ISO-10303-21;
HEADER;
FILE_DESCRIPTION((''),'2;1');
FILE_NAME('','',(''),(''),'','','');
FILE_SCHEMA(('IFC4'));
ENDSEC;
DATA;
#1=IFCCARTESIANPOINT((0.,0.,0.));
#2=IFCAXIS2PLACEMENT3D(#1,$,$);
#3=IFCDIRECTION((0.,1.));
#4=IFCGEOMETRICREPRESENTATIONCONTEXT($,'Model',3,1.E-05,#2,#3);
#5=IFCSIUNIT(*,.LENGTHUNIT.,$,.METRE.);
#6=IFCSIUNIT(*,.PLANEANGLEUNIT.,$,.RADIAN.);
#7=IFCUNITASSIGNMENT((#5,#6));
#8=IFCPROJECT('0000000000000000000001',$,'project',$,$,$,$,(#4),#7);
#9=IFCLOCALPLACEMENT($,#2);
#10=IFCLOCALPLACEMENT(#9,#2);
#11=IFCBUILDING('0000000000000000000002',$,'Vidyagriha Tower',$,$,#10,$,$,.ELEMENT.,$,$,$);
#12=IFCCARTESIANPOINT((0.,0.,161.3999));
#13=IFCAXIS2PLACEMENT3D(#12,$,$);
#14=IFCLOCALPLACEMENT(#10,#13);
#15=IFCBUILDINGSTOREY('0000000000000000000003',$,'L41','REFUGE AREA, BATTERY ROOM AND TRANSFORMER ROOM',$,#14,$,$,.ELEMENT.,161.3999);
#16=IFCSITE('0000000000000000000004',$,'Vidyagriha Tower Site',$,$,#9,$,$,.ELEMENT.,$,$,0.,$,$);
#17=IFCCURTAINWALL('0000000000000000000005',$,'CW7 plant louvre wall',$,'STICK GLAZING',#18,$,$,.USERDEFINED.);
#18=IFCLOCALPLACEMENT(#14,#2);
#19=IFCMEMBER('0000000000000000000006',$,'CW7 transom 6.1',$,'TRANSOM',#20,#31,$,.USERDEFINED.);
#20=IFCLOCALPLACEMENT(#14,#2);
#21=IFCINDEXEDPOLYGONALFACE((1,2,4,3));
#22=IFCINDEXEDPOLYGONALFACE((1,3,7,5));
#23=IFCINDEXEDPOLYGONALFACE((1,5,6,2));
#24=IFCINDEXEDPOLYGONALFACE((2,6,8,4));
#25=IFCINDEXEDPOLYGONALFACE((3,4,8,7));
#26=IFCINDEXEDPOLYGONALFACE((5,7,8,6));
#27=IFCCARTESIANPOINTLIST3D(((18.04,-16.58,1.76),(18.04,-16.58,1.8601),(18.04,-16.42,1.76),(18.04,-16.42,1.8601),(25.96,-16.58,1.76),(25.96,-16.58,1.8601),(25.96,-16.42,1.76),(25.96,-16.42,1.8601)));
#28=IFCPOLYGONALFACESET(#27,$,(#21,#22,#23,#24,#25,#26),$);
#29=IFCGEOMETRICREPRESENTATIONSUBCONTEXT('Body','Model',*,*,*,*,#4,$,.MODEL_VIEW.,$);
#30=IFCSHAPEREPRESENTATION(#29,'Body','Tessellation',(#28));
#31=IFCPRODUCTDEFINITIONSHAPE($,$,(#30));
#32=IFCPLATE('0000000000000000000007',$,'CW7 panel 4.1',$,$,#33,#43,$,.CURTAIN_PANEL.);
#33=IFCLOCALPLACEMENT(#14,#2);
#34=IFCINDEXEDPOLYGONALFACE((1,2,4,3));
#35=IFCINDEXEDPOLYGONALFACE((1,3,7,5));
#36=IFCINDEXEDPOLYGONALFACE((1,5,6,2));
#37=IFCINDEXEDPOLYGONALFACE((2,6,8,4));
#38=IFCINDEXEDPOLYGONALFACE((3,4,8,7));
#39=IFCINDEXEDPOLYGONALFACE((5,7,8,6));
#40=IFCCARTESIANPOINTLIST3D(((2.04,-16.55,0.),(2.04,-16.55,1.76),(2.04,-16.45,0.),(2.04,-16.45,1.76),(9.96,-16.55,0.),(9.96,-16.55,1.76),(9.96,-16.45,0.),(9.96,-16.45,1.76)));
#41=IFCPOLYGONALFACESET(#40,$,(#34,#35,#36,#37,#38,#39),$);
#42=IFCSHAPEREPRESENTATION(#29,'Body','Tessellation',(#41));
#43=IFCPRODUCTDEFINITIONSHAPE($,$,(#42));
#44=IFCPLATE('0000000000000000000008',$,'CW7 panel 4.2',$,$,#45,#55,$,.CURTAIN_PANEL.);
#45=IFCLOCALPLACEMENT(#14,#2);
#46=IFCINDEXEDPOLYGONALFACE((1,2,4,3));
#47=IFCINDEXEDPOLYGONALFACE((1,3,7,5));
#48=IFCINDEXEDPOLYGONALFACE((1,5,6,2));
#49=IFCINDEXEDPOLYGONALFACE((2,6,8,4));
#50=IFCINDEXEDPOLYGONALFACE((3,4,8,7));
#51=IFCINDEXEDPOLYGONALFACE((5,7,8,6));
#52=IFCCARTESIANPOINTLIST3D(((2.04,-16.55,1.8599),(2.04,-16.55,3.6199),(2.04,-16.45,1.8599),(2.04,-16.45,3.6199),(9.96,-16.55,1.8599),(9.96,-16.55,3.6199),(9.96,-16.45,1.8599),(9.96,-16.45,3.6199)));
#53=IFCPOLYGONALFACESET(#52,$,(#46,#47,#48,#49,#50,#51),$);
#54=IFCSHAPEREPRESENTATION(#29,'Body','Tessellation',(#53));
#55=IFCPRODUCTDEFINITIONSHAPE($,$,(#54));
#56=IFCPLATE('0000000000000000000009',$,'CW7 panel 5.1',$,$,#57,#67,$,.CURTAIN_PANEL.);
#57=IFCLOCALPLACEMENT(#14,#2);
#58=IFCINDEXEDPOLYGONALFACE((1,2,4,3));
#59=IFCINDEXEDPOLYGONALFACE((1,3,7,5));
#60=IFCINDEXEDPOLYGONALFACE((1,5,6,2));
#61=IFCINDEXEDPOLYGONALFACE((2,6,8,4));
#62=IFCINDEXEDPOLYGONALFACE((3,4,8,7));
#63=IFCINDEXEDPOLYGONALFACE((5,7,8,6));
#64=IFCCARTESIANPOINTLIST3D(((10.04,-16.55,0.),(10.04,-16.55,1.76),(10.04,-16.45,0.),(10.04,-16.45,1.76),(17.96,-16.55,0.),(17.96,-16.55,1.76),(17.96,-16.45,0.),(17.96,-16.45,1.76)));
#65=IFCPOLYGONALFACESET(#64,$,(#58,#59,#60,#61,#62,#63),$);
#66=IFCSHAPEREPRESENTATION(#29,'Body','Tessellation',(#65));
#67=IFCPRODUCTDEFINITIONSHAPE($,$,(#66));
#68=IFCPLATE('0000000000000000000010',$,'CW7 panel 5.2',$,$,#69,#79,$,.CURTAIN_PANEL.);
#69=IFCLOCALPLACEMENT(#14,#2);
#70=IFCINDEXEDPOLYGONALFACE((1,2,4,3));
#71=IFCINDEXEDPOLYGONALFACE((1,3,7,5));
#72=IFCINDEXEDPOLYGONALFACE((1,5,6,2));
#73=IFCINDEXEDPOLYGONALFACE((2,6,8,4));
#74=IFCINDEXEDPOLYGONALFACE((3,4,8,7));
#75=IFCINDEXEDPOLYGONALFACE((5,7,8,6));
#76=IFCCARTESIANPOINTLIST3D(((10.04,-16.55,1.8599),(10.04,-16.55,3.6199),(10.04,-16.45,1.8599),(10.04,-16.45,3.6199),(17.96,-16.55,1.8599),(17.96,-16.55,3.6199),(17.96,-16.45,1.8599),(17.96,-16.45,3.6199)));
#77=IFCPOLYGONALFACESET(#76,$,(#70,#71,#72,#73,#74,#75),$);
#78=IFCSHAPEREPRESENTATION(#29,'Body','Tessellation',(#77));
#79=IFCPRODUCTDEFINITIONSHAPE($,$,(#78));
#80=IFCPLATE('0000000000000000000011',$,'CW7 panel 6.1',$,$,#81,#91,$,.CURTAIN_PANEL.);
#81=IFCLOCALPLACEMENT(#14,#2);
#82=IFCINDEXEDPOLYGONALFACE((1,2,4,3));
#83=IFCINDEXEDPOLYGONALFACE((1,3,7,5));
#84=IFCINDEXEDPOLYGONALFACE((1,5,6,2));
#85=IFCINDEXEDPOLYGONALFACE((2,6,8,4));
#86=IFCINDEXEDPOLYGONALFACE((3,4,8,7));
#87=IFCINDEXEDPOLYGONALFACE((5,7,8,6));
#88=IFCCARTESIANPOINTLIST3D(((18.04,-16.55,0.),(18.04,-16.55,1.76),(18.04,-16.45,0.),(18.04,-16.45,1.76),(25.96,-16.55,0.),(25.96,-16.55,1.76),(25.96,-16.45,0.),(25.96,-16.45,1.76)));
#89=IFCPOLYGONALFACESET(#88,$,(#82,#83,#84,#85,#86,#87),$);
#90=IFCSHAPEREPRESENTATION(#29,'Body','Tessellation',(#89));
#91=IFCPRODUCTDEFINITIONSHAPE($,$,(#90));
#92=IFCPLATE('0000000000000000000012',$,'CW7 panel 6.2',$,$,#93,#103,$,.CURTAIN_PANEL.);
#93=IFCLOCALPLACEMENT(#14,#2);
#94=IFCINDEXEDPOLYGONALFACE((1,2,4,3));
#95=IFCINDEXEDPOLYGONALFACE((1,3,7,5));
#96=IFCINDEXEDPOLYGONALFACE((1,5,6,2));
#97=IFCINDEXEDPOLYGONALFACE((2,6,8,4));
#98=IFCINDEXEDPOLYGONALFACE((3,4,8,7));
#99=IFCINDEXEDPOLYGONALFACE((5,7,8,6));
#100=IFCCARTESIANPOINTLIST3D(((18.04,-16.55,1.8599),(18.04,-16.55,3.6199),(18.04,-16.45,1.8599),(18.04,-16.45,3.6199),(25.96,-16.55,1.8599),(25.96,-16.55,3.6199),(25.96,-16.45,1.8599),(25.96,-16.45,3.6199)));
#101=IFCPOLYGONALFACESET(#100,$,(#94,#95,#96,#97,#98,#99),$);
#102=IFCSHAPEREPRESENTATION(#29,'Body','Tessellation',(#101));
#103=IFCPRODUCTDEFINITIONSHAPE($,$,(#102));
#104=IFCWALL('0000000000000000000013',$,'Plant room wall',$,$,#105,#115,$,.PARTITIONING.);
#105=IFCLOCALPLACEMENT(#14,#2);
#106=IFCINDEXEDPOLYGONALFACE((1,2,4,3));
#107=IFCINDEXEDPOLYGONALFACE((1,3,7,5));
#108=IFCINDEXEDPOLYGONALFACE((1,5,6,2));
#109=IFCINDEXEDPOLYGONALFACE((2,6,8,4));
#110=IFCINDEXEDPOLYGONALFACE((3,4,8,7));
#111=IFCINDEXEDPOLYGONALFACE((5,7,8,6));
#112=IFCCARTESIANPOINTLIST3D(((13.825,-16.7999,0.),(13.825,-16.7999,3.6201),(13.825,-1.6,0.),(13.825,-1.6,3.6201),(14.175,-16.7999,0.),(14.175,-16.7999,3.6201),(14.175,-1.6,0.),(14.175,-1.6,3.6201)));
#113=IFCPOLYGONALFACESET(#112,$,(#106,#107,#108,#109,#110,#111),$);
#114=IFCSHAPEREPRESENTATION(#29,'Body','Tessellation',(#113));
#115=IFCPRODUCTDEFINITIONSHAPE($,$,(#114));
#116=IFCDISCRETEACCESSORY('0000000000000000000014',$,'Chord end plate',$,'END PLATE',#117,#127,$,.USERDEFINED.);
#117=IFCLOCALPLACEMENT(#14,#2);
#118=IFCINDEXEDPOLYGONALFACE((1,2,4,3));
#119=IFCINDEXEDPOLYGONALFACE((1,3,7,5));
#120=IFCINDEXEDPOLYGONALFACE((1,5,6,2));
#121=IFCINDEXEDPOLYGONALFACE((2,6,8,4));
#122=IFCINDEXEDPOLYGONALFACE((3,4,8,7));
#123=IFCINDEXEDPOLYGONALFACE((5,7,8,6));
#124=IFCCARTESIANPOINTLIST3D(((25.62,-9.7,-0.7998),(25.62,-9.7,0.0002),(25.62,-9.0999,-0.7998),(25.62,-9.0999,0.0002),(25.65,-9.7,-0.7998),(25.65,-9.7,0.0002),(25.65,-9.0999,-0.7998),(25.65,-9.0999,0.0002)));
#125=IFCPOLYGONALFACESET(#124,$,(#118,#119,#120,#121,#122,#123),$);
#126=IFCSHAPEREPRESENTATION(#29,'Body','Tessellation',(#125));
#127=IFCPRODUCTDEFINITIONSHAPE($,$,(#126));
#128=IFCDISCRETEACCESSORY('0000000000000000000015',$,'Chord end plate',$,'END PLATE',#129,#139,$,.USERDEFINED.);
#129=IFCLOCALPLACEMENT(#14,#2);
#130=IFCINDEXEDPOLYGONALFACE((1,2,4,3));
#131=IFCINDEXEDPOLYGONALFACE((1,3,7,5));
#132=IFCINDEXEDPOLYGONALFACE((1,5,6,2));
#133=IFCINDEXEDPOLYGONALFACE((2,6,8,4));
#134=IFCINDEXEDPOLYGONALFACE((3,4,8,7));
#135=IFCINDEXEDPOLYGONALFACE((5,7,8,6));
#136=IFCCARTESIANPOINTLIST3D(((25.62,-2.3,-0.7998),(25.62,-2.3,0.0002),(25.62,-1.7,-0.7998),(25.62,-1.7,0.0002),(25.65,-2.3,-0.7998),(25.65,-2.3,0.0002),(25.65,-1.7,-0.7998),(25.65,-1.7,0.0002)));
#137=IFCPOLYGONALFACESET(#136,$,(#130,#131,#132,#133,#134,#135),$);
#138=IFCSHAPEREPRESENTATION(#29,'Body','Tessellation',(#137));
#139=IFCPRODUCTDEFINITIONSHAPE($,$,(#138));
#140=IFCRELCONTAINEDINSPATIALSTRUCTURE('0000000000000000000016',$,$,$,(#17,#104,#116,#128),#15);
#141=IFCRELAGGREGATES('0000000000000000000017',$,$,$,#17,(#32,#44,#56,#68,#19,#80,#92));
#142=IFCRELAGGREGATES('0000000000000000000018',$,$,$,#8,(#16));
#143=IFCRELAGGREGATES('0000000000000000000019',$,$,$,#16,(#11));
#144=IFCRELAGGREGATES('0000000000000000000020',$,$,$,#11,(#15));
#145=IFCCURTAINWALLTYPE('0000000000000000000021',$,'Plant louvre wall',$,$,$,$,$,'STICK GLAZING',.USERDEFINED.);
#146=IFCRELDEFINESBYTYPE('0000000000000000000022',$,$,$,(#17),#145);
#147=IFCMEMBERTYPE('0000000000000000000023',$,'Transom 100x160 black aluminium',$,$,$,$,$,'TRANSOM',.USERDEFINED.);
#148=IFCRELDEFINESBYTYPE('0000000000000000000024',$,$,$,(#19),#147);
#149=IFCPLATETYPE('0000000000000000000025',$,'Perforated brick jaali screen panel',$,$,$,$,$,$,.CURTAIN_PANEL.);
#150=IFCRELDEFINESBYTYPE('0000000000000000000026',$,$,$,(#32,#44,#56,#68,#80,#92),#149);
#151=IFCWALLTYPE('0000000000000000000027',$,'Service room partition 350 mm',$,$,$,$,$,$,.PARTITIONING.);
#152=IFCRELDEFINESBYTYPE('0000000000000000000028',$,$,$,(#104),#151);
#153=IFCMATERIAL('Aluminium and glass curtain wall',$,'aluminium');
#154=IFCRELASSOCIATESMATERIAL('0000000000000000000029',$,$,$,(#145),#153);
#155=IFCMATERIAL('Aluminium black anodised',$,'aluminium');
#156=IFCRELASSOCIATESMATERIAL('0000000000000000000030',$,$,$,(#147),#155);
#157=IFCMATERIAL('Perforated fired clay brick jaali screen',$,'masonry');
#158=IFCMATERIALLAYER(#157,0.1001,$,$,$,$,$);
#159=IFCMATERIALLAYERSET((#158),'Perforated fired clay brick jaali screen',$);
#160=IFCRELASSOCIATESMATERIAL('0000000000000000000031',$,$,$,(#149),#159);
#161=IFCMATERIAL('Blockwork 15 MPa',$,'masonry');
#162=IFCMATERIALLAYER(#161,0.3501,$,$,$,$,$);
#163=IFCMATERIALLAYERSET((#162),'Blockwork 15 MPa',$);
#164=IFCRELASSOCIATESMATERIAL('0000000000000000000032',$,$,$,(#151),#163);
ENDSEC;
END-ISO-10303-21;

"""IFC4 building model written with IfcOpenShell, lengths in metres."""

from ifc_helpers import new_model, si_unit, direction, frame, frame_2d, origin, origin_2d, place, context, subcontext, project, spatial, rectangle, extrude, material, layer, layer_set, material_profile, profile_set, type_object, element, aggregate, save


model = new_model("IFC4")

# Units and contexts
model_context = context("Model", 3, precision=1e-05, world=origin(), true_north=direction((0.0, 1.0)))
body_context = subcontext(model_context, "Body", "Model", "MODEL_VIEW")
ifc_project = project(units=[si_unit("LENGTHUNIT", "METRE"), si_unit("PLANEANGLEUNIT", "RADIAN")], contexts=[model_context])

# Site, building, storey
site_placement = place(None, origin())
site = spatial("IfcSite", under=ifc_project, at=site_placement, Name="Vidyagriha Tower Site", CompositionType="ELEMENT", RefElevation=0.0)
building_placement = place(site_placement, origin())
building = spatial("IfcBuilding", under=site, at=building_placement, Name="Vidyagriha Tower", CompositionType="ELEMENT")
storey_placement = place(building_placement, frame((0.0, 0.0, 161.3999)))
storey = spatial("IfcBuildingStorey", under=building, at=storey_placement, Name="L41", Description="REFUGE AREA, BATTERY ROOM AND TRANSFORMER ROOM", CompositionType="ELEMENT", Elevation=161.3999)

# Curtain wall
ifc_material_1 = material(Name="Aluminium and glass curtain wall", Category="aluminium")
curtain_wall_type = type_object("IfcCurtainWallType", Name="Plant louvre wall", ElementType="STICK GLAZING", PredefinedType="USERDEFINED", material=ifc_material_1)
curtain_wall_placement = place(storey_placement, origin())
curtain_wall = element("IfcCurtainWall", 1, at=curtain_wall_placement, inside=storey, type_object=curtain_wall_type, Name="CW7 plant louvre wall", ObjectType="STICK GLAZING", PredefinedType="USERDEFINED")

# Member
ifc_material_2 = material(Name="Aluminium black anodised", Category="aluminium")
ifc_material_profile_1 = material_profile(ifc_material_2, rectangle(XDim=0.1599, YDim=0.1001, at=origin_2d()), Name="Transom 100x160 black aluminium")
ifc_profile_set_1 = profile_set([ifc_material_profile_1], Name="Aluminium black anodised")
member_type_1 = type_object("IfcMemberType", Name="Transom 100x160 black aluminium", ElementType="TRANSOM", PredefinedType="USERDEFINED", material=ifc_profile_set_1)
member_1_placement = place(storey_placement, frame((18.04, -16.5, 1.8101), z_axis=(1.0, 0.0, 0.0), x_axis=(0.0, 1.0, 0.0)))
member_1 = element("IfcMember", 2, at=member_1_placement, type_object=member_type_1, Name="CW7 transom 6.1", ObjectType="TRANSOM", PredefinedType="USERDEFINED", context=body_context, shape_type="SweptSolid", body=[
    extrude(rectangle(XDim=0.1599, YDim=0.1001, at=origin_2d()), origin(), (0.0, 0.0, 1.0), 7.9199),
])

# Plates
ifc_material_3 = material(Name="Perforated fired clay brick jaali screen", Category="masonry")
ifc_layer_1 = layer(ifc_material_3, 0.1001)
ifc_layer_set_1 = layer_set([ifc_layer_1], Name="Perforated fired clay brick jaali screen")
plate_type = type_object("IfcPlateType", Name="Perforated brick jaali screen panel", PredefinedType="CURTAIN_PANEL", material=ifc_layer_set_1)
plate_1_placement = place(storey_placement, frame((6.0, -16.5, 0.0)))
plate_1 = element("IfcPlate", 3, at=plate_1_placement, type_object=plate_type, Name="CW7 panel 4.1", PredefinedType="CURTAIN_PANEL", context=body_context, shape_type="SweptSolid", body=[
    extrude(rectangle(XDim=7.9199, YDim=0.1001, at=origin_2d()), origin(), (0.0, 0.0, 1.0), 1.76),
])
plate_2_placement = place(storey_placement, frame((6.0, -16.5, 1.8599)))
plate_2 = element("IfcPlate", 4, at=plate_2_placement, type_object=plate_type, Name="CW7 panel 4.2", PredefinedType="CURTAIN_PANEL", context=body_context, shape_type="SweptSolid", body=[
    extrude(rectangle(XDim=7.9199, YDim=0.1001, at=origin_2d()), origin(), (0.0, 0.0, 1.0), 1.76),
])
plate_3_placement = place(storey_placement, frame((14.0, -16.5, 0.0)))
plate_3 = element("IfcPlate", 5, at=plate_3_placement, type_object=plate_type, Name="CW7 panel 5.1", PredefinedType="CURTAIN_PANEL", context=body_context, shape_type="SweptSolid", body=[
    extrude(rectangle(XDim=7.9199, YDim=0.1001, at=origin_2d()), origin(), (0.0, 0.0, 1.0), 1.76),
])
plate_4_placement = place(storey_placement, frame((14.0, -16.5, 1.8599)))
plate_4 = element("IfcPlate", 6, at=plate_4_placement, type_object=plate_type, Name="CW7 panel 5.2", PredefinedType="CURTAIN_PANEL", context=body_context, shape_type="SweptSolid", body=[
    extrude(rectangle(XDim=7.9199, YDim=0.1001, at=origin_2d()), origin(), (0.0, 0.0, 1.0), 1.76),
])
plate_5_placement = place(storey_placement, frame((22.0, -16.5, 0.0)))
plate_5 = element("IfcPlate", 7, at=plate_5_placement, type_object=plate_type, Name="CW7 panel 6.1", PredefinedType="CURTAIN_PANEL", context=body_context, shape_type="SweptSolid", body=[
    extrude(rectangle(XDim=7.9199, YDim=0.1001, at=origin_2d()), origin(), (0.0, 0.0, 1.0), 1.76),
])
plate_6_placement = place(storey_placement, frame((22.0, -16.5, 1.8599)))
plate_6 = element("IfcPlate", 8, at=plate_6_placement, type_object=plate_type, Name="CW7 panel 6.2", PredefinedType="CURTAIN_PANEL", context=body_context, shape_type="SweptSolid", body=[
    extrude(rectangle(XDim=7.9199, YDim=0.1001, at=origin_2d()), origin(), (0.0, 0.0, 1.0), 1.76),
])
aggregate(curtain_wall, [plate_1, plate_2, plate_3, plate_4, member_1, plate_5, plate_6])

# Wall
ifc_material_4 = material(Name="Blockwork 15 MPa", Category="masonry")
ifc_layer_2 = layer(ifc_material_4, 0.3501)
ifc_layer_set_2 = layer_set([ifc_layer_2], Name="Blockwork 15 MPa")
wall_type = type_object("IfcWallType", Name="Service room partition 350 mm", PredefinedType="PARTITIONING", material=ifc_layer_set_2)
wall_placement = place(storey_placement, frame((14.0, -16.8, 0.0), z_axis=(0.0, 0.0, 1.0), x_axis=(0.0, 1.0, 0.0)))
element("IfcWall", 9, at=wall_placement, inside=storey, type_object=wall_type, Name="Plant room wall", PredefinedType="PARTITIONING", context=body_context, shape_type="SweptSolid", body=[
    extrude(rectangle(XDim=15.2, YDim=0.3501, at=frame_2d((7.6001, 0.0))), origin(), (0.0, 0.0, 1.0), 3.6201),
])

# Discrete accessories
for number, where, z_axis, x_axis, name in (
    (10, (25.635, -9.3999, -0.7998), (0.0, 0.0, 1.0), (-1.0, 0.0, 0.0), "Chord end plate"),
    (11, (25.635, -2.0, -0.7998), (0.0, 0.0, 1.0), (-1.0, 0.0, 0.0), "Chord end plate"),
):
    element("IfcDiscreteAccessory", number, at=place(storey_placement, frame(where, z_axis=z_axis, x_axis=x_axis)), inside=storey, Name=name, ObjectType="END PLATE", PredefinedType="USERDEFINED", context=body_context, shape_type="SweptSolid", body=[
        extrude(rectangle(XDim=0.03, YDim=0.6001, at=origin_2d()), origin(), (0.0, 0.0, 1.0), 0.8),
    ])

save(model, "model.ifc")
